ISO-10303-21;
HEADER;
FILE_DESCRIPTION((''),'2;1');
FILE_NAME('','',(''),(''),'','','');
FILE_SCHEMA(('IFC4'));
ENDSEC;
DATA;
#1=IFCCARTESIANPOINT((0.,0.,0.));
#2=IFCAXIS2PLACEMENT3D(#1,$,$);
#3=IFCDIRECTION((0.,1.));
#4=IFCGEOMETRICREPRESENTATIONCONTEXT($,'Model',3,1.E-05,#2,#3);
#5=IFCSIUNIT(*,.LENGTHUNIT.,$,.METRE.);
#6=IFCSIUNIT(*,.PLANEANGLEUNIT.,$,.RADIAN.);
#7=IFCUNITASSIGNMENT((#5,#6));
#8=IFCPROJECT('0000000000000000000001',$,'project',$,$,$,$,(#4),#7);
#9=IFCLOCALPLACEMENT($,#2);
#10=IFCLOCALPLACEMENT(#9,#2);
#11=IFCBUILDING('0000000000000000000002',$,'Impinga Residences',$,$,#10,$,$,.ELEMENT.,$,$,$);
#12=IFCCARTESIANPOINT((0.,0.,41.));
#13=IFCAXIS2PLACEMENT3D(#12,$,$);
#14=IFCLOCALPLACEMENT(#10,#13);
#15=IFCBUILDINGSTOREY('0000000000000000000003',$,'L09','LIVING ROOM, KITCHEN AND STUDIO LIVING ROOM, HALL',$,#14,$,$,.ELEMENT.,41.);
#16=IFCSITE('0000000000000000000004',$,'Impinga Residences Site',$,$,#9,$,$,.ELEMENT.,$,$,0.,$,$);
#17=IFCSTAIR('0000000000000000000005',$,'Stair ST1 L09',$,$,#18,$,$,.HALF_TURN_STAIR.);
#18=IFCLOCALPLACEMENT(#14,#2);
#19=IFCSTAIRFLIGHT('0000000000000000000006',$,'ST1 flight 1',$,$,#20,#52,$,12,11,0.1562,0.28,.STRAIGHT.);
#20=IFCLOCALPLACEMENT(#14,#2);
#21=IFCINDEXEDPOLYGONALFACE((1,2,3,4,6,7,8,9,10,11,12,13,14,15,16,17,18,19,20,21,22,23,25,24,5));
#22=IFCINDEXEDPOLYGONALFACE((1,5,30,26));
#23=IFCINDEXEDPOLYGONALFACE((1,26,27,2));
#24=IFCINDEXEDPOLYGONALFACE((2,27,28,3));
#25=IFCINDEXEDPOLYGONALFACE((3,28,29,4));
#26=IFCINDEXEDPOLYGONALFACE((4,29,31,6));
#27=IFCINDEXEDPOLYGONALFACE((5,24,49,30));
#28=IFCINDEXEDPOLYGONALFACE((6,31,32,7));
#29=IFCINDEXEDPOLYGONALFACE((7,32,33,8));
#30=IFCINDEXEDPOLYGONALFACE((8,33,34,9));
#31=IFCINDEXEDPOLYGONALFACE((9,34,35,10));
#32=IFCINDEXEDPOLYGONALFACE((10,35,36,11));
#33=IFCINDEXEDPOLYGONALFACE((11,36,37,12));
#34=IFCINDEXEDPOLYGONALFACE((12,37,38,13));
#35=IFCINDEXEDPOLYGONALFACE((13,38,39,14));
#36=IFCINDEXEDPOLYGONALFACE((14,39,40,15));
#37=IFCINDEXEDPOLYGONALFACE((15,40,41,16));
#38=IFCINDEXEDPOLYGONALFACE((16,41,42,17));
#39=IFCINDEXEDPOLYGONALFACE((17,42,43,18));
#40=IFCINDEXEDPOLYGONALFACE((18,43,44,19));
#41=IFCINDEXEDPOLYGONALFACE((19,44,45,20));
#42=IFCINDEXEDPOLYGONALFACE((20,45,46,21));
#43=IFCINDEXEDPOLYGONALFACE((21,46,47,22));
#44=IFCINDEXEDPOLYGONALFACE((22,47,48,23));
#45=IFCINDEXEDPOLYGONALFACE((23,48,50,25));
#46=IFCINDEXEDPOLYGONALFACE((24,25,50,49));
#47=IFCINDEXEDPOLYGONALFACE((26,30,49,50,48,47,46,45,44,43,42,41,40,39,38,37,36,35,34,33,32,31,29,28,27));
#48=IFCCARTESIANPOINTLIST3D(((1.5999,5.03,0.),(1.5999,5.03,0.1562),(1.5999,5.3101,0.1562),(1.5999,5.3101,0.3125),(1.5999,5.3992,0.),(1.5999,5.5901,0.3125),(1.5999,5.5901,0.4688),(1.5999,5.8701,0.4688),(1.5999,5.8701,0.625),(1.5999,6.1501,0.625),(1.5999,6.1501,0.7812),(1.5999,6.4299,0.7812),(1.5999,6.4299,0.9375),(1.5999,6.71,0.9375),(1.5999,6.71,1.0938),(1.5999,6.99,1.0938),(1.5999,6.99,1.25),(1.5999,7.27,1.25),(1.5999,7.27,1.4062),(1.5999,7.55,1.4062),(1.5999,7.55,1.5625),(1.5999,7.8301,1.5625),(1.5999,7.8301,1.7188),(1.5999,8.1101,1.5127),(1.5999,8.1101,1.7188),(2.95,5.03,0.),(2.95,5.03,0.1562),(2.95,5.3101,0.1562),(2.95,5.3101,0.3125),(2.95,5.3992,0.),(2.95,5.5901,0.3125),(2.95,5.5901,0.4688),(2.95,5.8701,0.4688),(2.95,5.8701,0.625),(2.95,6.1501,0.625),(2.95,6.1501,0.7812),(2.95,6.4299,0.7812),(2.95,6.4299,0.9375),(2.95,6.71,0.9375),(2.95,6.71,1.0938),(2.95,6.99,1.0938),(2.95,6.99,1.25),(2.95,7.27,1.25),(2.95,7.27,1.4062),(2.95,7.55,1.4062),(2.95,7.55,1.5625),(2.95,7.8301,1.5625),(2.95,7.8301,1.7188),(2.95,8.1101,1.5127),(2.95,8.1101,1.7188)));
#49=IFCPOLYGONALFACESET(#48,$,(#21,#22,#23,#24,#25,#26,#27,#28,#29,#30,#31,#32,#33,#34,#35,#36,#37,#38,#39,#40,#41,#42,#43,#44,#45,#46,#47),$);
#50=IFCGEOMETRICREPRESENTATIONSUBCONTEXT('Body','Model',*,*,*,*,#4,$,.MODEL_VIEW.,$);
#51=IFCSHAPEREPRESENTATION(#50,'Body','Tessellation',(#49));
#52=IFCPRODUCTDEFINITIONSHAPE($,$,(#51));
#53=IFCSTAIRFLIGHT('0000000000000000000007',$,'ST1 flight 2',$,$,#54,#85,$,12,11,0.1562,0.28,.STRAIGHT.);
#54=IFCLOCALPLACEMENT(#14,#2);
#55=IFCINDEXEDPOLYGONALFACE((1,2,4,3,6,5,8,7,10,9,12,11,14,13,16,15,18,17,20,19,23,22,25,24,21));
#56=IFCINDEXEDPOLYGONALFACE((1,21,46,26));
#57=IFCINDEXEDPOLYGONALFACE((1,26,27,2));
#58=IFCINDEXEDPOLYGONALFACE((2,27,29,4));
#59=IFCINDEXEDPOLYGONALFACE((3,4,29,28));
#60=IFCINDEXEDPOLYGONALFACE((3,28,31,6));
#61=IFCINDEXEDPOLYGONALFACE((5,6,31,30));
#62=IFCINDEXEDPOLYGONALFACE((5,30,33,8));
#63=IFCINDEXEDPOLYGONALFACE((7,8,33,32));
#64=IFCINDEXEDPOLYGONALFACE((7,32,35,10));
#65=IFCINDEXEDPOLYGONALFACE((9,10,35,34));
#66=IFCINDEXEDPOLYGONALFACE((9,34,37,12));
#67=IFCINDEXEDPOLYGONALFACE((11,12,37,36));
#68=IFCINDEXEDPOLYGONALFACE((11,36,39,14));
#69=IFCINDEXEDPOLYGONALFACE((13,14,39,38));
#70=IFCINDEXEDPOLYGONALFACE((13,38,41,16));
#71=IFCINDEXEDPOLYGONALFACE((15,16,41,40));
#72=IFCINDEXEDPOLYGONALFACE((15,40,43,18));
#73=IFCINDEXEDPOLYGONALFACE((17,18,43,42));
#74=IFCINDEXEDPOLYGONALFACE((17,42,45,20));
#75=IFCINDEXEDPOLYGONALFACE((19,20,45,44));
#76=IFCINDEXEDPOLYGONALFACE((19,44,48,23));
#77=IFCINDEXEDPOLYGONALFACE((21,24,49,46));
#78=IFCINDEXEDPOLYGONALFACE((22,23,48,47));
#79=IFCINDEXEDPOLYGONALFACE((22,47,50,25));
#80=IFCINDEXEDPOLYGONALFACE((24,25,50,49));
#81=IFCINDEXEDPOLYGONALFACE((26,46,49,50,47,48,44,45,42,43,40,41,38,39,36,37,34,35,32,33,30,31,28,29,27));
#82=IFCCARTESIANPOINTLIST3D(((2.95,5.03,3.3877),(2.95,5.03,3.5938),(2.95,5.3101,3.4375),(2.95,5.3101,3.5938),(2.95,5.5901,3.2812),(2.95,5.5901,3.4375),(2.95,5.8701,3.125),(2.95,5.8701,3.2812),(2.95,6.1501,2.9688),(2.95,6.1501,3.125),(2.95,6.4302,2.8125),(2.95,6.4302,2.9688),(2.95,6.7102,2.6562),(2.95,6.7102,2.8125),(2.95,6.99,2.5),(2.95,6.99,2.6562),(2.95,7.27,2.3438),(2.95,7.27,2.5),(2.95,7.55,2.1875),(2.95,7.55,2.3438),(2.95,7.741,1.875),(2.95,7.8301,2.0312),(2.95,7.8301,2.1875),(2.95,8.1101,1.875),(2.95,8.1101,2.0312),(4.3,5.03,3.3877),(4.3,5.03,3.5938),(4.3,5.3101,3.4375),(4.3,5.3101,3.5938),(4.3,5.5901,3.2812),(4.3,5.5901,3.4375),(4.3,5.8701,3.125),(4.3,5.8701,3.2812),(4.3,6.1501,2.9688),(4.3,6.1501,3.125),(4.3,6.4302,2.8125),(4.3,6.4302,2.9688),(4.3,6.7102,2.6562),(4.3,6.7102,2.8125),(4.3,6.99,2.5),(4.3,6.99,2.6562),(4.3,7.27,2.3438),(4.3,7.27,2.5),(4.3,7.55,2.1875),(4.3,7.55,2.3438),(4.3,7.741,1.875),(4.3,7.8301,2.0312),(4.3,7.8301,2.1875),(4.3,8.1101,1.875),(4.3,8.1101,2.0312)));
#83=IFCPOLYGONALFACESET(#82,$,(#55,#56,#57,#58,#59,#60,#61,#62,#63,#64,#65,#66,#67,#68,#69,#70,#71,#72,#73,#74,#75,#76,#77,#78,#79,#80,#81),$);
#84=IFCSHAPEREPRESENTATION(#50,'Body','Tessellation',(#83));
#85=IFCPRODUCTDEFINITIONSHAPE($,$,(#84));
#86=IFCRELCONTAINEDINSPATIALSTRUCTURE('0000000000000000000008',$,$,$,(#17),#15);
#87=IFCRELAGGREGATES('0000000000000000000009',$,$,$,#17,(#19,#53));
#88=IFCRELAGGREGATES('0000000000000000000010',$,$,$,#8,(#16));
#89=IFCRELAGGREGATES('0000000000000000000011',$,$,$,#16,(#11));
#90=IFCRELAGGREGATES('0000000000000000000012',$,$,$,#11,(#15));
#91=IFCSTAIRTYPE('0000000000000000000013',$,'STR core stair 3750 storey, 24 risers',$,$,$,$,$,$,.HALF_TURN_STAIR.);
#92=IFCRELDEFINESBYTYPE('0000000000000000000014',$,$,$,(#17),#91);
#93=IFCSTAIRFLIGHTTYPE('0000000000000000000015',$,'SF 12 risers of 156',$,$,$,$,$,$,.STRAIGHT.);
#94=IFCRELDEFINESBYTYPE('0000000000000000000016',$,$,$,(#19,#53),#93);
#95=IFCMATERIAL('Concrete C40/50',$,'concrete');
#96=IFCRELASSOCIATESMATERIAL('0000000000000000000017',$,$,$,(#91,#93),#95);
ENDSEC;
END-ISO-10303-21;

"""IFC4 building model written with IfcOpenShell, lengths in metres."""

from ifc_helpers import new_model, si_unit, direction, frame, origin, place, context, subcontext, project, spatial, polyline, outline, extrude, material, type_object, element, aggregate, save


model = new_model("IFC4")

# Units and contexts
model_context = context("Model", 3, precision=1e-05, world=origin(), true_north=direction((0.0, 1.0)))
body_context = subcontext(model_context, "Body", "Model", "MODEL_VIEW")
ifc_project = project(units=[si_unit("LENGTHUNIT", "METRE"), si_unit("PLANEANGLEUNIT", "RADIAN")], contexts=[model_context])

# Site, building, storey
site_placement = place(None, origin())
site = spatial("IfcSite", under=ifc_project, at=site_placement, Name="Impinga Residences Site", CompositionType="ELEMENT", RefElevation=0.0)
building_placement = place(site_placement, origin())
building = spatial("IfcBuilding", under=site, at=building_placement, Name="Impinga Residences", CompositionType="ELEMENT")
storey_placement = place(building_placement, frame((0.0, 0.0, 41.0)))
storey = spatial("IfcBuildingStorey", under=building, at=storey_placement, Name="L09", Description="LIVING ROOM, KITCHEN AND STUDIO LIVING ROOM, HALL", CompositionType="ELEMENT", Elevation=41.0)

# Stair, stair flights
ifc_material_1 = material(Name="Concrete C40/50", Category="concrete")
stair_type = type_object("IfcStairType", Name="STR core stair 3750 storey, 24 risers", PredefinedType="HALF_TURN_STAIR", material=ifc_material_1)
stair_placement = place(storey_placement, origin())
stair = element("IfcStair", 1, at=stair_placement, inside=storey, type_object=stair_type, Name="Stair ST1 L09", PredefinedType="HALF_TURN_STAIR")
stair_flight_type = type_object("IfcStairFlightType", Name="SF 12 risers of 156", PredefinedType="STRAIGHT", material=ifc_material_1)
stair_flight_1_placement = place(storey_placement, frame((2.2749, 5.03, 0.0), z_axis=(0.0, 0.0, 1.0), x_axis=(0.0, 1.0, 0.0)))
stair_flight_1 = element("IfcStairFlight", 2, at=stair_flight_1_placement, type_object=stair_flight_type, Name="ST1 flight 1", NumberOfRisers=12, NumberOfTreads=11, PredefinedType="STRAIGHT", RiserHeight=0.1562, TreadLength=0.28, context=body_context, shape_type="SweptSolid", body=[
    extrude(outline(polyline([(0.0, 0.0), (0.0, 0.1562), (0.28, 0.1562), (0.28, 0.3125), (0.5601, 0.3125), (0.5601, 0.4688), (0.8401, 0.4688), (0.8401, 0.625), (1.1201, 0.625), (1.1201, 0.7812), (1.3999, 0.7812), (1.3999, 0.9375), (1.6799, 0.9375), (1.6799, 1.0938), (1.96, 1.0938), (1.96, 1.25), (2.24, 1.25), (2.24, 1.4062), (2.52, 1.4062), (2.52, 1.5625), (2.8, 1.5625), (2.8, 1.7188), (3.0801, 1.7188), (3.0801, 1.875), (3.0801, 1.5127), (0.3691, 0.0), (0.0, 0.0)])), frame((0.0, 0.675, 0.0), z_axis=(0.0, -1.0, 0.0), x_axis=(1.0, 0.0, 0.0)), (0.0, 0.0, 1.0), 1.3501),
])
stair_flight_2_placement = place(storey_placement, frame((3.625, 8.1101, 1.875), z_axis=(0.0, 0.0, 1.0), x_axis=(0.0, -1.0, 0.0)))
stair_flight_2 = element("IfcStairFlight", 3, at=stair_flight_2_placement, type_object=stair_flight_type, Name="ST1 flight 2", NumberOfRisers=12, NumberOfTreads=11, PredefinedType="STRAIGHT", RiserHeight=0.1562, TreadLength=0.28, context=body_context, shape_type="SweptSolid", body=[
    extrude(outline(polyline([(0.0, 0.0), (0.0, 0.1562), (0.28, 0.1562), (0.28, 0.3125), (0.5601, 0.3125), (0.5601, 0.4688), (0.8401, 0.4688), (0.8401, 0.625), (1.1201, 0.625), (1.1201, 0.7812), (1.3999, 0.7812), (1.3999, 0.9375), (1.6799, 0.9375), (1.6799, 1.0938), (1.96, 1.0938), (1.96, 1.25), (2.24, 1.25), (2.24, 1.4062), (2.52, 1.4062), (2.52, 1.5625), (2.8, 1.5625), (2.8, 1.7188), (3.0801, 1.7188), (3.0801, 1.875), (3.0801, 1.5127), (0.3691, 0.0), (0.0, 0.0)])), frame((0.0, 0.675, 0.0), z_axis=(0.0, -1.0, 0.0), x_axis=(1.0, 0.0, 0.0)), (0.0, 0.0, 1.0), 1.3501),
])
aggregate(stair, [stair_flight_1, stair_flight_2])

save(model, "model.ifc")
